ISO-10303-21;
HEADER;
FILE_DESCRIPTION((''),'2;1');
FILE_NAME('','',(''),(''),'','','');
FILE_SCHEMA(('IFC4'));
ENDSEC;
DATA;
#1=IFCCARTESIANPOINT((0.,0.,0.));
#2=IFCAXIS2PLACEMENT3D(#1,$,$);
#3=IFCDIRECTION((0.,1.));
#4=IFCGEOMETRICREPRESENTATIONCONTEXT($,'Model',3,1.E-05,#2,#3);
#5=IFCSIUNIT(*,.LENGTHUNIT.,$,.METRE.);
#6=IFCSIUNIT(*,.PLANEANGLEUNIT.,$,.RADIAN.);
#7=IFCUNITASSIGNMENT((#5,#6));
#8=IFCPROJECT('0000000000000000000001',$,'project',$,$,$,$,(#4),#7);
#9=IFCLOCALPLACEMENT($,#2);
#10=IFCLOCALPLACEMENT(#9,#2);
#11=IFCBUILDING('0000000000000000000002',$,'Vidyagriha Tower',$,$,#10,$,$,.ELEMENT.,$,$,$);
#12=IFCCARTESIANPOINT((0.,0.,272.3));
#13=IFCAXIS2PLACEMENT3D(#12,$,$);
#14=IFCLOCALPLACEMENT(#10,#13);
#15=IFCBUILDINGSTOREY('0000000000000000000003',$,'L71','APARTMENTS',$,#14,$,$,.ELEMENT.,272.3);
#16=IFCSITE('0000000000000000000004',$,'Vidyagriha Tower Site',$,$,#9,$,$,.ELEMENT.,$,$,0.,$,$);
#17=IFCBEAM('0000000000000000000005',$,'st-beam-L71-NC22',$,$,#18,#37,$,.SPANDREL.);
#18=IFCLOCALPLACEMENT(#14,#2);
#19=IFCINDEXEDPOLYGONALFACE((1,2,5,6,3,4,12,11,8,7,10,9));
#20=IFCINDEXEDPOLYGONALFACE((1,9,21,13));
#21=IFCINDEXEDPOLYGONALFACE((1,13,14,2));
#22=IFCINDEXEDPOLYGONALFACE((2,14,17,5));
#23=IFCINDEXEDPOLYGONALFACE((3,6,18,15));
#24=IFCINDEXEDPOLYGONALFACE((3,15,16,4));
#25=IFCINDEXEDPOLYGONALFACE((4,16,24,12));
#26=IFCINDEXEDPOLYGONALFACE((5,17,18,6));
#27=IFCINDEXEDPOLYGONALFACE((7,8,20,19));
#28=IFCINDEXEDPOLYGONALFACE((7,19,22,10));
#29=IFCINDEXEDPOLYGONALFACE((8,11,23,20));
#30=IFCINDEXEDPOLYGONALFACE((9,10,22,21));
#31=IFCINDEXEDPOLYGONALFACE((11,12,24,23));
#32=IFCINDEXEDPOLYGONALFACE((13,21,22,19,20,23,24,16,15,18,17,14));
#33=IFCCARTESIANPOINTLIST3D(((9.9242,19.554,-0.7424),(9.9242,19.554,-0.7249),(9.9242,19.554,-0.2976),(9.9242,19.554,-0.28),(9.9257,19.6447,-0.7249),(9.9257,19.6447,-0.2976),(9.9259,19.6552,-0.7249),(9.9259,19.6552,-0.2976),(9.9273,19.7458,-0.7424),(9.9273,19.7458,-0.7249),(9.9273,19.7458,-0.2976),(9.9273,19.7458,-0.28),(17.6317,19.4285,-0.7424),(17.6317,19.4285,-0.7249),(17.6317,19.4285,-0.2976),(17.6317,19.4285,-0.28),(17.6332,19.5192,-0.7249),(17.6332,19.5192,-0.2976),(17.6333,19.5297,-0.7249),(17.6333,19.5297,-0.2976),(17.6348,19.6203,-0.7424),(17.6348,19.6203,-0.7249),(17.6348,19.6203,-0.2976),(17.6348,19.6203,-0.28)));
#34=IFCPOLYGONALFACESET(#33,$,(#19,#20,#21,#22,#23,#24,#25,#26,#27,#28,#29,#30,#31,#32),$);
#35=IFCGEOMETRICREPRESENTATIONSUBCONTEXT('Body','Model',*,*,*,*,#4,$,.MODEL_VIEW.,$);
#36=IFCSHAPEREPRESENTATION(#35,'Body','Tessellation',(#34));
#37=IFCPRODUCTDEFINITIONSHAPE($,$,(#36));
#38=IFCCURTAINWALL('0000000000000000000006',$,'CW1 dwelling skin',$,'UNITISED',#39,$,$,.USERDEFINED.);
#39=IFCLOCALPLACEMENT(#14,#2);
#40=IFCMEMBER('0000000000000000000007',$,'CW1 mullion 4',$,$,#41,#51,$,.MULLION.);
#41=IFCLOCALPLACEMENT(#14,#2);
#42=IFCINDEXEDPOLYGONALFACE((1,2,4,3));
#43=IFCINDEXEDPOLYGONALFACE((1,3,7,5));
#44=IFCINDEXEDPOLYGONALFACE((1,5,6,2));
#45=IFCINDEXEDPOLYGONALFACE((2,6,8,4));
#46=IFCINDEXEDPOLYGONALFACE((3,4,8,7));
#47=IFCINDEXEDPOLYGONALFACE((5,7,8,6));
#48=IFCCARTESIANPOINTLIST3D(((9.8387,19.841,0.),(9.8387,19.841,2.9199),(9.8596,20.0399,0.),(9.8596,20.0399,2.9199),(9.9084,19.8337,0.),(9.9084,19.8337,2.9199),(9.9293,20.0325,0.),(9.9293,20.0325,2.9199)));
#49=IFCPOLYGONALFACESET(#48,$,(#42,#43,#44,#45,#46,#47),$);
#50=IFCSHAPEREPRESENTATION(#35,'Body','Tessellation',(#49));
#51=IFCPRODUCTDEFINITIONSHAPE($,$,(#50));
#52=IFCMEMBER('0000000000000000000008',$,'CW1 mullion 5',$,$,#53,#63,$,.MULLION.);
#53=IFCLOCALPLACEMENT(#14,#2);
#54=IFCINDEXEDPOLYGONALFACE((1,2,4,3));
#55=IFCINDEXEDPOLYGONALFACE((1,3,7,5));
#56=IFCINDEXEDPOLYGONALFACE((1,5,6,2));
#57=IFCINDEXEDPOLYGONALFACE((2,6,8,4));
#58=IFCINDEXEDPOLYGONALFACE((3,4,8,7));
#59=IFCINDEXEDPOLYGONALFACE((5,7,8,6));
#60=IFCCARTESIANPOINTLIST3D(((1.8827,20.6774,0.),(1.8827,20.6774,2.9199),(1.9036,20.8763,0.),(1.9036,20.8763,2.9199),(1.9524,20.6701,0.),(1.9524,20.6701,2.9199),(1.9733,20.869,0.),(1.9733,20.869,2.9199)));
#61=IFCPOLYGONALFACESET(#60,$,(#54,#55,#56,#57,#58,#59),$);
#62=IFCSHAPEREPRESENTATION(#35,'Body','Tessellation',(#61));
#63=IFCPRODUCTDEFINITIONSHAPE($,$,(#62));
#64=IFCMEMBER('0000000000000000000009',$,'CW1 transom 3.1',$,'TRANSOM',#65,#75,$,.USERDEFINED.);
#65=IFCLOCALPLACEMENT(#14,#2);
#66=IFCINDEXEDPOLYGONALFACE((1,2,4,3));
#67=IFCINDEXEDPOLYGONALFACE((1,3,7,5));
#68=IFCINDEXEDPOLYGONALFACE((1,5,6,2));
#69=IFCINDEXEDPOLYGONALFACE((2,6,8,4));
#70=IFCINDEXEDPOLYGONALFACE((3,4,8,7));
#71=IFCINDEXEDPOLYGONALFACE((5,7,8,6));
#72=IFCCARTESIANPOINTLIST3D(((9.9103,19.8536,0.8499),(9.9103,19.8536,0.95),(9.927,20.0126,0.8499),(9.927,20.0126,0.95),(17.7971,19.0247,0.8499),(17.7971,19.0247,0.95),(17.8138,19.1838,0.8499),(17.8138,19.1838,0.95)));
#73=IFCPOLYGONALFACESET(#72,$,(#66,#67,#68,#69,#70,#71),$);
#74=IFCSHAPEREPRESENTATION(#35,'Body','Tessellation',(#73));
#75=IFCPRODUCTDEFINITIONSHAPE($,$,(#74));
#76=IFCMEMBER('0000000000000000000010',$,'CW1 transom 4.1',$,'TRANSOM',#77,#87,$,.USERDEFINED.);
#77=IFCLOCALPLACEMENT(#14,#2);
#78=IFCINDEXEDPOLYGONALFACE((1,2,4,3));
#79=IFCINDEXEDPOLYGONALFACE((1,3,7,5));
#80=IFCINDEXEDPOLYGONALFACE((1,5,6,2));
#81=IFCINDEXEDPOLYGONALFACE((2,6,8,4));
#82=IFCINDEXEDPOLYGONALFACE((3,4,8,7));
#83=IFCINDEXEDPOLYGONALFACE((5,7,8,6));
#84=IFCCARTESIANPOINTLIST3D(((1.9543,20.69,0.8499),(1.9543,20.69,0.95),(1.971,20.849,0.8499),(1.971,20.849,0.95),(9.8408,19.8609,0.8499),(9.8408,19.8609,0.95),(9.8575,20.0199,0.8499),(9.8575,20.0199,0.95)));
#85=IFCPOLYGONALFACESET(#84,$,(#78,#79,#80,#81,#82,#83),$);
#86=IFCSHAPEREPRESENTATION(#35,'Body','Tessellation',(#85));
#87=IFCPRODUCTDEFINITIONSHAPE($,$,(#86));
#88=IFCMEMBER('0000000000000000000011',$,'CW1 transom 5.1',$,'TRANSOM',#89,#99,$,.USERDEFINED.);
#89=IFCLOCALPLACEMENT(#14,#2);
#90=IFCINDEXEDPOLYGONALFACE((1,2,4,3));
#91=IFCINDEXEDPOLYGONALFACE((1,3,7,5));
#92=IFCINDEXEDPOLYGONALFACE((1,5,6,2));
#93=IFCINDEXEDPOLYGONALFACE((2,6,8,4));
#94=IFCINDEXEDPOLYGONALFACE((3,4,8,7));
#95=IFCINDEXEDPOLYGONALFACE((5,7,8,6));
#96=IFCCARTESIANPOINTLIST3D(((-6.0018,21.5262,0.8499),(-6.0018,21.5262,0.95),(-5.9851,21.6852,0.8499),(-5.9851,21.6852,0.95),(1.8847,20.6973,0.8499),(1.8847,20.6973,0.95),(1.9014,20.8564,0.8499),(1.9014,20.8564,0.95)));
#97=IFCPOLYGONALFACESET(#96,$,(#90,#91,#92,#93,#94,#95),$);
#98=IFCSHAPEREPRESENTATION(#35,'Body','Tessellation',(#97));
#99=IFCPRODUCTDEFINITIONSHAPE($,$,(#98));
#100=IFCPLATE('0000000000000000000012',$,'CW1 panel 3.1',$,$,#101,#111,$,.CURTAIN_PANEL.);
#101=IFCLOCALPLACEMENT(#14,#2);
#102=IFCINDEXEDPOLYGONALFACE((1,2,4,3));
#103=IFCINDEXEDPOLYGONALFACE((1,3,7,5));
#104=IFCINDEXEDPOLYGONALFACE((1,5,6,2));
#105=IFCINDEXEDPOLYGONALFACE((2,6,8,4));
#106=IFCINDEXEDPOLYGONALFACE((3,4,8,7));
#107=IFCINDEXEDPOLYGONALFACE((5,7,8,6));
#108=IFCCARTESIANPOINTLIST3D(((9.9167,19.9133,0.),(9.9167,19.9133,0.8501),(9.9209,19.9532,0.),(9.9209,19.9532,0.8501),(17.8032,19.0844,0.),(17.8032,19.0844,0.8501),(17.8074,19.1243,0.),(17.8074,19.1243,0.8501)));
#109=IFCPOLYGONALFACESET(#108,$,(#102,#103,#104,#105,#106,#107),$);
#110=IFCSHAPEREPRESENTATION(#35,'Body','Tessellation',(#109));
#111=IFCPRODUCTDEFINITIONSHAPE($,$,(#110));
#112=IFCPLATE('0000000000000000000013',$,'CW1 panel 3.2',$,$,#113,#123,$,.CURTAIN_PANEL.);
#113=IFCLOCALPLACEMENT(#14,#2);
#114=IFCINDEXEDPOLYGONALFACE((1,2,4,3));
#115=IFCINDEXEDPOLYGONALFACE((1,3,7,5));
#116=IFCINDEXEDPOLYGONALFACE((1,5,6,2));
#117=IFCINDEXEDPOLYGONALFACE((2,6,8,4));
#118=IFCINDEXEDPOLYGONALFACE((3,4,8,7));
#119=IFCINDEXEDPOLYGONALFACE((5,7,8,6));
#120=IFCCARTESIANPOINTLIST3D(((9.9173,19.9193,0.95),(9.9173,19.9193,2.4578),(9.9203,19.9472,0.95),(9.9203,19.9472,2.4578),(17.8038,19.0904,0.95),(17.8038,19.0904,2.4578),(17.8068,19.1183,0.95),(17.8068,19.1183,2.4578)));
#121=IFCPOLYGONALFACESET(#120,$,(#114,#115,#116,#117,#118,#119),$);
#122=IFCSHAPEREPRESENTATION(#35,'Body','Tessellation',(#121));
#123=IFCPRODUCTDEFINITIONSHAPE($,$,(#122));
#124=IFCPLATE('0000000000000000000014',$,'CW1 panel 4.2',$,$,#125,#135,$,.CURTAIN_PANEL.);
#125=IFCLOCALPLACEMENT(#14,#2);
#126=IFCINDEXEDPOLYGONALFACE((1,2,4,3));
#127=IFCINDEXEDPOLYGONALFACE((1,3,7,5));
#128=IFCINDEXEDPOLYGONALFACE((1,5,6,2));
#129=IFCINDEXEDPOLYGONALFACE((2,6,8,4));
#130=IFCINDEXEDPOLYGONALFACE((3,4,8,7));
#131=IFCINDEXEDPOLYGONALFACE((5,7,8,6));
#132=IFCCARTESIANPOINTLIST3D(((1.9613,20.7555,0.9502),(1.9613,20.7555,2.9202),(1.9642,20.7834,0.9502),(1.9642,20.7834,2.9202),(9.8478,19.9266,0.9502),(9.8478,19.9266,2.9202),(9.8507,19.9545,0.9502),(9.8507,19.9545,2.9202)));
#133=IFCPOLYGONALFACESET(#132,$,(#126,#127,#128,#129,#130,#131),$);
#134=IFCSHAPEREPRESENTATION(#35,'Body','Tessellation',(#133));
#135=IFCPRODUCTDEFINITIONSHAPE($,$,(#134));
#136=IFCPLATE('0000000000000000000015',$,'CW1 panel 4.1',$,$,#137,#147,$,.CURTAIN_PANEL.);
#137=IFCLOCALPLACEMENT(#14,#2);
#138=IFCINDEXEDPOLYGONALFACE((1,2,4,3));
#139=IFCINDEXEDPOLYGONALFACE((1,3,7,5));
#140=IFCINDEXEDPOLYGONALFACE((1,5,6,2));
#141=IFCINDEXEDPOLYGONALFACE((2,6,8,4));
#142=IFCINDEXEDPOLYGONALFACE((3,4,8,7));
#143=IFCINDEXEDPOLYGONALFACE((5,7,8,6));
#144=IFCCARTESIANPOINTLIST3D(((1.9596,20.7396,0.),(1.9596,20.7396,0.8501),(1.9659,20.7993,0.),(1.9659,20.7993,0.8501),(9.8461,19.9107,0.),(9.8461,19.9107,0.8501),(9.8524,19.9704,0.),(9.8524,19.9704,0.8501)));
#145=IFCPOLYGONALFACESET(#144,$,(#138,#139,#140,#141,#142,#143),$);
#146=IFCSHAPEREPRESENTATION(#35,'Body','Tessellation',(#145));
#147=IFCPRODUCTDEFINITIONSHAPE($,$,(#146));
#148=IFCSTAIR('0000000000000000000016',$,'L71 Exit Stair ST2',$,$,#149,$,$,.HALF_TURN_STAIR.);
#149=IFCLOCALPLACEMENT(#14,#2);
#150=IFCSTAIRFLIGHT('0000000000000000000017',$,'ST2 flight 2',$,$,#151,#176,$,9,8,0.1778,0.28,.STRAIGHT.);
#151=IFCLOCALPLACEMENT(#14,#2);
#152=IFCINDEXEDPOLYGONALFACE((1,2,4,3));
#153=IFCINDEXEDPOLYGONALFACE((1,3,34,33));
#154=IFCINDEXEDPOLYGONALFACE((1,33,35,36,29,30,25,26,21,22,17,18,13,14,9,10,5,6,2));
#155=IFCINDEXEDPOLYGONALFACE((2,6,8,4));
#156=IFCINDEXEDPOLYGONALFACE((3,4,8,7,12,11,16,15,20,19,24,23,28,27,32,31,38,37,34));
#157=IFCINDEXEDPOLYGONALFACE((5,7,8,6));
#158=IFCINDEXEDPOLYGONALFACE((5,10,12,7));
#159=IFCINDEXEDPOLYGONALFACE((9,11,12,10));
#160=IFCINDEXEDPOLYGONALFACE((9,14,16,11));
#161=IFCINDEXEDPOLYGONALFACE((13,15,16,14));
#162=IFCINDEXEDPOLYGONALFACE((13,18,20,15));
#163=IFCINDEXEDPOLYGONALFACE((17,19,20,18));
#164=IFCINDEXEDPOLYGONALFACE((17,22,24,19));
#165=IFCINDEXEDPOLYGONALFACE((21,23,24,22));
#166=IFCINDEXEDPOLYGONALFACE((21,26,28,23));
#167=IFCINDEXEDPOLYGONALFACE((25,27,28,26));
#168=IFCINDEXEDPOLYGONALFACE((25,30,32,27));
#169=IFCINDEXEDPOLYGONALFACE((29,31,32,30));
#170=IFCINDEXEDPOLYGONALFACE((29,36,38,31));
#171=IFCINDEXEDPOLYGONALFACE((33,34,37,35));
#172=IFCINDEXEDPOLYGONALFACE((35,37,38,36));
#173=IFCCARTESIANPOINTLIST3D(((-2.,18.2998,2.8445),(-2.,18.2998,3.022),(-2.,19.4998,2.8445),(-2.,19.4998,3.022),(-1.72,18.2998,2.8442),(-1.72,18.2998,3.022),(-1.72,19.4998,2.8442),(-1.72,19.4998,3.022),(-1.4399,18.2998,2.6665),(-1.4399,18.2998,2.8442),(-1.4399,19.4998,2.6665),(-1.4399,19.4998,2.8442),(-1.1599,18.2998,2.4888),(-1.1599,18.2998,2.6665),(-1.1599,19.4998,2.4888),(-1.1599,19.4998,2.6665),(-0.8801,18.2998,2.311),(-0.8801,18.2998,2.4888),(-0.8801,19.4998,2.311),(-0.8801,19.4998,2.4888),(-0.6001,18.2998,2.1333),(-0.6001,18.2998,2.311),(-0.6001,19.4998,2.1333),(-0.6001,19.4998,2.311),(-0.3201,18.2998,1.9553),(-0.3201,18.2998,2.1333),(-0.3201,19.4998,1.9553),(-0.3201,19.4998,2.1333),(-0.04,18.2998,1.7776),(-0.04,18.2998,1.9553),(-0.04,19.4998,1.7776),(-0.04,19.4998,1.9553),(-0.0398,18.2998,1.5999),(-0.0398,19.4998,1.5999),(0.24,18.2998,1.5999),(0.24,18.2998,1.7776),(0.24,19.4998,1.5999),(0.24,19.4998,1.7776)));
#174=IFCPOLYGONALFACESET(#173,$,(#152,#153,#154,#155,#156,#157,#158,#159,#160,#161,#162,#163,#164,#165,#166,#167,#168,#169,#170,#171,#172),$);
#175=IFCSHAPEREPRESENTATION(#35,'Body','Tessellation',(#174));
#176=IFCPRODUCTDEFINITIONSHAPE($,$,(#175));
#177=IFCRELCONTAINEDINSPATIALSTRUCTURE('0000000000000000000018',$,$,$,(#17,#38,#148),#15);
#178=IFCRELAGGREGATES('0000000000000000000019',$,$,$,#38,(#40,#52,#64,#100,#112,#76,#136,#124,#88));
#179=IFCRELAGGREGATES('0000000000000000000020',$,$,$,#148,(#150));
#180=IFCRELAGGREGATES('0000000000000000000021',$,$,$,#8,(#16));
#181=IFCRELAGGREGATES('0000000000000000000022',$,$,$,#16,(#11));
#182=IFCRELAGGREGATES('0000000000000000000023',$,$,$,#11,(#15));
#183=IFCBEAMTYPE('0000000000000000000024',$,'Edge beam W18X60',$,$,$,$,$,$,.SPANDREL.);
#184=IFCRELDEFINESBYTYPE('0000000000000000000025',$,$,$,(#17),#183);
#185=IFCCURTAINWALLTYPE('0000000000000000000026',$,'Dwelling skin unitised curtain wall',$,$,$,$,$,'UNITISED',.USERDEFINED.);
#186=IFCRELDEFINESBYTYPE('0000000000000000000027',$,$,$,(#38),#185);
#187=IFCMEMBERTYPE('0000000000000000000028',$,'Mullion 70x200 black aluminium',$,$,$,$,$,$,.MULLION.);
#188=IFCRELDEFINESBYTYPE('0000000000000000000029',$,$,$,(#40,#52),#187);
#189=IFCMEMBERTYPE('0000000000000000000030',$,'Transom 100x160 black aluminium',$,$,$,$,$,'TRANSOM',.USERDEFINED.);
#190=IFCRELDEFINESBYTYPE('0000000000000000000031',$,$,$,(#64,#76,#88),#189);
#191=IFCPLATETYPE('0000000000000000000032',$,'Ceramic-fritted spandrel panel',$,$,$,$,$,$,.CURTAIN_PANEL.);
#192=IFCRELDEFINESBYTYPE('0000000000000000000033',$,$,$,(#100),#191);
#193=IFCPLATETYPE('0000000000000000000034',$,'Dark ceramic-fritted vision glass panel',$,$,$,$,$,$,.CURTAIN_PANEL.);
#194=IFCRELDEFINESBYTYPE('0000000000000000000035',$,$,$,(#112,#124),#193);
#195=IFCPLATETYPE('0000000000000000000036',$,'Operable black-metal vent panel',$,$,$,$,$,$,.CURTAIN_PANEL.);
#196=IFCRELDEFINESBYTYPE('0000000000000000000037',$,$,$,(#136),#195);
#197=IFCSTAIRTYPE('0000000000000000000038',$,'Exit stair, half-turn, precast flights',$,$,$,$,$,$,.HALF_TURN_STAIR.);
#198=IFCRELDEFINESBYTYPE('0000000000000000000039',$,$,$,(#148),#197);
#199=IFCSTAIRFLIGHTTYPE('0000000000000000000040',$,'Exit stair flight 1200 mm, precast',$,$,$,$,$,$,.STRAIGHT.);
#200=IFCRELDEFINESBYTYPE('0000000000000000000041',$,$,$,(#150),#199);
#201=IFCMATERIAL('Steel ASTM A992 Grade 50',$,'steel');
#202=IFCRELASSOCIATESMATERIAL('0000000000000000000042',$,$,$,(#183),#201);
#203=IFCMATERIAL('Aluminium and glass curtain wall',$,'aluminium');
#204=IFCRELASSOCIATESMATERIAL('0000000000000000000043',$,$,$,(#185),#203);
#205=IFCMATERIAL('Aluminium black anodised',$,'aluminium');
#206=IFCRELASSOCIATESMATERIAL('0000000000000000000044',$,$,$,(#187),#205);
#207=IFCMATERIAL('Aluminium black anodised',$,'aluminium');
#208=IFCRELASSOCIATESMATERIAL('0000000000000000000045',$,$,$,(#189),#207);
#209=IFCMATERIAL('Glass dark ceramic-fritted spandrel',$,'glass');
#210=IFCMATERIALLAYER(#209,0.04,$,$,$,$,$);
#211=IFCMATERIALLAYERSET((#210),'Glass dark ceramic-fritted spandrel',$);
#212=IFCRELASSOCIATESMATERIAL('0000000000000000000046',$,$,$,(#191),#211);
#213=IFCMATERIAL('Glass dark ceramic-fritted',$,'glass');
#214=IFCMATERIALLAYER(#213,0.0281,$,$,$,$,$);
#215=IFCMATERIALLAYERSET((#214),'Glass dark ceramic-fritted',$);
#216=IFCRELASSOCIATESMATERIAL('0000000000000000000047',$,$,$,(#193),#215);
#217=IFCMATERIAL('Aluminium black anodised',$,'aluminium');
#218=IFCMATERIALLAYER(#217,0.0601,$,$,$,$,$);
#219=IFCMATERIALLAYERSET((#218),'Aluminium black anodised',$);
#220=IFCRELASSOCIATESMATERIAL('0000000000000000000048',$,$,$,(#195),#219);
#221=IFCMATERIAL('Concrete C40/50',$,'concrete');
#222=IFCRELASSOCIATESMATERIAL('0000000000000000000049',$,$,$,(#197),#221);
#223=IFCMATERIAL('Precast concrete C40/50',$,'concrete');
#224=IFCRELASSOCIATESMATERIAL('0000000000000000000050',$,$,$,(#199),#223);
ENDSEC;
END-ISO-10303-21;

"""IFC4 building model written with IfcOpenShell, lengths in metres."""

from ifc_helpers import new_model, si_unit, direction, frame, origin, origin_2d, place, context, subcontext, project, spatial, polyline, rectangle, i_section, outline, extrude, material, layer, layer_set, material_profile, profile_set, type_object, element, aggregate, save


model = new_model("IFC4")

# Units and contexts
model_context = context("Model", 3, precision=1e-05, world=origin(), true_north=direction((0.0, 1.0)))
body_context = subcontext(model_context, "Body", "Model", "MODEL_VIEW")
ifc_project = project(units=[si_unit("LENGTHUNIT", "METRE"), si_unit("PLANEANGLEUNIT", "RADIAN")], contexts=[model_context])

# Site, building, storey
site_placement = place(None, origin())
site = spatial("IfcSite", under=ifc_project, at=site_placement, Name="Vidyagriha Tower Site", CompositionType="ELEMENT", RefElevation=0.0)
building_placement = place(site_placement, origin())
building = spatial("IfcBuilding", under=site, at=building_placement, Name="Vidyagriha Tower", CompositionType="ELEMENT")
storey_placement = place(building_placement, frame((0.0, 0.0, 272.3)))
storey = spatial("IfcBuildingStorey", under=building, at=storey_placement, Name="L71", Description="APARTMENTS", CompositionType="ELEMENT", Elevation=272.3)

# Beam
ifc_material_1 = material(Name="Steel ASTM A992 Grade 50", Category="steel")
ifc_material_profile_1 = material_profile(ifc_material_1, i_section(OverallWidth=0.1919, OverallDepth=0.4624, WebThickness=0.0105, FlangeThickness=0.0176, at=origin_2d()), Name="W18X60")
ifc_profile_set_1 = profile_set([ifc_material_profile_1], Name="Steel ASTM A992 Grade 50")
beam_type = type_object("IfcBeamType", Name="Edge beam W18X60", PredefinedType="SPANDREL", material=ifc_profile_set_1)
beam_placement = place(storey_placement, frame((9.9258, 19.6499, -0.5112), z_axis=(0.999867, -0.016279, 0.0), x_axis=(0.016279, 0.999867, 0.0)))
element("IfcBeam", 1, at=beam_placement, inside=storey, type_object=beam_type, Name="st-beam-L71-NC22", PredefinedType="SPANDREL", context=body_context, shape_type="SweptSolid", body=[
    extrude(i_section(OverallWidth=0.1919, OverallDepth=0.4624, WebThickness=0.0105, FlangeThickness=0.0176, at=origin_2d()), origin(), (0.0, 0.0, 1.0), 7.7085),
])

# Curtain wall, members, plates
ifc_material_2 = material(Name="Aluminium and glass curtain wall", Category="aluminium")
curtain_wall_type = type_object("IfcCurtainWallType", Name="Dwelling skin unitised curtain wall", ElementType="UNITISED", PredefinedType="USERDEFINED", material=ifc_material_2)
curtain_wall_placement = place(storey_placement, origin())
curtain_wall = element("IfcCurtainWall", 2, at=curtain_wall_placement, inside=storey, type_object=curtain_wall_type, Name="CW1 dwelling skin", ObjectType="UNITISED", PredefinedType="USERDEFINED")
ifc_material_3 = material(Name="Aluminium black anodised", Category="aluminium")
ifc_material_profile_2 = material_profile(ifc_material_3, rectangle(XDim=0.2, YDim=0.0701, at=origin_2d()), Name="Mullion 70x200 black aluminium")
ifc_profile_set_2 = profile_set([ifc_material_profile_2], Name="Aluminium black anodised")
member_type_1 = type_object("IfcMemberType", Name="Mullion 70x200 black aluminium", PredefinedType="MULLION", material=ifc_profile_set_2)
member_1_placement = place(storey_placement, frame((9.884, 19.9368, 0.0), z_axis=(0.0, 0.0, 1.0), x_axis=(-0.104529, -0.994522, 0.0)))
member_1 = element("IfcMember", 3, at=member_1_placement, type_object=member_type_1, Name="CW1 mullion 4", PredefinedType="MULLION", context=body_context, shape_type="SweptSolid", body=[
    extrude(rectangle(XDim=0.2, YDim=0.0701, at=origin_2d()), origin(), (0.0, 0.0, 1.0), 2.9199),
])
member_2_placement = place(storey_placement, frame((1.928, 20.7732, 0.0), z_axis=(0.0, 0.0, 1.0), x_axis=(-0.104529, -0.994522, 0.0)))
member_2 = element("IfcMember", 4, at=member_2_placement, type_object=member_type_1, Name="CW1 mullion 5", PredefinedType="MULLION", context=body_context, shape_type="SweptSolid", body=[
    extrude(rectangle(XDim=0.2, YDim=0.0701, at=origin_2d()), origin(), (0.0, 0.0, 1.0), 2.9199),
])
ifc_material_4 = material(Name="Aluminium black anodised", Category="aluminium")
ifc_material_profile_3 = material_profile(ifc_material_4, rectangle(XDim=0.1599, YDim=0.1001, at=origin_2d()), Name="Transom 100x160 black aluminium")
ifc_profile_set_3 = profile_set([ifc_material_profile_3], Name="Aluminium black anodised")
member_type_2 = type_object("IfcMemberType", Name="Transom 100x160 black aluminium", ElementType="TRANSOM", PredefinedType="USERDEFINED", material=ifc_profile_set_3)
member_3_placement = place(storey_placement, frame((17.8054, 19.1042, 0.8999), z_axis=(-0.994523, 0.10452, 0.0), x_axis=(-0.10452, -0.994523, 0.0)))
member_3 = element("IfcMember", 5, at=member_3_placement, type_object=member_type_2, Name="CW1 transom 3.1", ObjectType="TRANSOM", PredefinedType="USERDEFINED", context=body_context, shape_type="SweptSolid", body=[
    extrude(rectangle(XDim=0.1599, YDim=0.1001, at=origin_2d()), origin(), (0.0, 0.0, 1.0), 7.9302),
])
member_4_placement = place(storey_placement, frame((9.8491, 19.9404, 0.8999), z_axis=(-0.994519, 0.104553, 0.0), x_axis=(-0.104553, -0.994519, 0.0)))
member_4 = element("IfcMember", 6, at=member_4_placement, type_object=member_type_2, Name="CW1 transom 4.1", ObjectType="TRANSOM", PredefinedType="USERDEFINED", context=body_context, shape_type="SweptSolid", body=[
    extrude(rectangle(XDim=0.1599, YDim=0.1001, at=origin_2d()), origin(), (0.0, 0.0, 1.0), 7.9299),
])
member_5_placement = place(storey_placement, frame((1.8931, 20.7769, 0.8999), z_axis=(-0.994522, 0.104523, 0.0), x_axis=(-0.104523, -0.994522, 0.0)))
member_5 = element("IfcMember", 7, at=member_5_placement, type_object=member_type_2, Name="CW1 transom 5.1", ObjectType="TRANSOM", PredefinedType="USERDEFINED", context=body_context, shape_type="SweptSolid", body=[
    extrude(rectangle(XDim=0.1599, YDim=0.1001, at=origin_2d()), origin(), (0.0, 0.0, 1.0), 7.9299),
])
ifc_material_5 = material(Name="Glass dark ceramic-fritted spandrel", Category="glass")
ifc_layer_1 = layer(ifc_material_5, 0.04)
ifc_layer_set_1 = layer_set([ifc_layer_1], Name="Glass dark ceramic-fritted spandrel")
plate_type_1 = type_object("IfcPlateType", Name="Ceramic-fritted spandrel panel", PredefinedType="CURTAIN_PANEL", material=ifc_layer_set_1)
plate_1_placement = place(storey_placement, frame((13.8621, 19.5188, 0.0), z_axis=(0.0, 0.0, 1.0), x_axis=(-0.994522, 0.104529, 0.0)))
plate_1 = element("IfcPlate", 8, at=plate_1_placement, type_object=plate_type_1, Name="CW1 panel 3.1", PredefinedType="CURTAIN_PANEL", context=body_context, shape_type="SweptSolid", body=[
    extrude(rectangle(XDim=7.9299, YDim=0.04, at=origin_2d()), origin(), (0.0, 0.0, 1.0), 0.8501),
])
ifc_material_6 = material(Name="Glass dark ceramic-fritted", Category="glass")
ifc_layer_2 = layer(ifc_material_6, 0.0281)
ifc_layer_set_2 = layer_set([ifc_layer_2], Name="Glass dark ceramic-fritted")
plate_type_2 = type_object("IfcPlateType", Name="Dark ceramic-fritted vision glass panel", PredefinedType="CURTAIN_PANEL", material=ifc_layer_set_2)
plate_2_placement = place(storey_placement, frame((13.8621, 19.5188, 0.95), z_axis=(0.0, 0.0, 1.0), x_axis=(-0.994522, 0.104529, 0.0)))
plate_2 = element("IfcPlate", 9, at=plate_2_placement, type_object=plate_type_2, Name="CW1 panel 3.2", PredefinedType="CURTAIN_PANEL", context=body_context, shape_type="SweptSolid", body=[
    extrude(rectangle(XDim=7.9299, YDim=0.0281, at=origin_2d()), origin(), (0.0, 0.0, 1.0), 1.5078),
])
plate_3_placement = place(storey_placement, frame((5.906, 20.355, 0.9502), z_axis=(0.0, 0.0, 1.0), x_axis=(-0.994522, 0.104529, 0.0)))
plate_3 = element("IfcPlate", 10, at=plate_3_placement, type_object=plate_type_2, Name="CW1 panel 4.2", PredefinedType="CURTAIN_PANEL", context=body_context, shape_type="SweptSolid", body=[
    extrude(rectangle(XDim=7.9299, YDim=0.0281, at=origin_2d()), origin(), (0.0, 0.0, 1.0), 1.97),
])
ifc_material_7 = material(Name="Aluminium black anodised", Category="aluminium")
ifc_layer_3 = layer(ifc_material_7, 0.0601)
ifc_layer_set_3 = layer_set([ifc_layer_3], Name="Aluminium black anodised")
plate_type_3 = type_object("IfcPlateType", Name="Operable black-metal vent panel", PredefinedType="CURTAIN_PANEL", material=ifc_layer_set_3)
plate_4_placement = place(storey_placement, frame((5.906, 20.355, 0.0), z_axis=(0.0, 0.0, 1.0), x_axis=(-0.994522, 0.104529, 0.0)))
plate_4 = element("IfcPlate", 11, at=plate_4_placement, type_object=plate_type_3, Name="CW1 panel 4.1", PredefinedType="CURTAIN_PANEL", context=body_context, shape_type="SweptSolid", body=[
    extrude(rectangle(XDim=7.9299, YDim=0.0601, at=origin_2d()), origin(), (0.0, 0.0, 1.0), 0.8501),
])
aggregate(curtain_wall, [member_1, member_2, member_3, plate_1, plate_2, member_4, plate_4, plate_3, member_5])

# Stair, stair flight
ifc_material_8 = material(Name="Concrete C40/50", Category="concrete")
stair_type = type_object("IfcStairType", Name="Exit stair, half-turn, precast flights", PredefinedType="HALF_TURN_STAIR", material=ifc_material_8)
stair_1_placement = place(storey_placement, origin())
stair_1 = element("IfcStair", 12, at=stair_1_placement, inside=storey, type_object=stair_type, Name="L71 Exit Stair ST2", PredefinedType="HALF_TURN_STAIR")
ifc_material_9 = material(Name="Precast concrete C40/50", Category="concrete")
stair_flight_type = type_object("IfcStairFlightType", Name="Exit stair flight 1200 mm, precast", PredefinedType="STRAIGHT", material=ifc_material_9)
stair_flight_1_placement = place(storey_placement, frame((0.24, 18.8999, 1.5999), z_axis=(0.0, 0.0, 1.0), x_axis=(-1.0, 0.0, 0.0)))
stair_flight_1 = element("IfcStairFlight", 13, at=stair_flight_1_placement, type_object=stair_flight_type, Name="ST2 flight 2", NumberOfRisers=9, NumberOfTreads=8, PredefinedType="STRAIGHT", RiserHeight=0.1778, TreadLength=0.28, context=body_context, shape_type="SweptSolid", body=[
    extrude(outline(polyline([(0.0, 0.0), (0.0, 0.1777), (0.28, 0.1777), (0.28, 0.3555), (0.5601, 0.3555), (0.5601, 0.5334), (0.8401, 0.5334), (0.8401, 0.7112), (1.1201, 0.7112), (1.1201, 0.8889), (1.3999, 0.8889), (1.3999, 1.0667), (1.6799, 1.0667), (1.6799, 1.2444), (1.96, 1.2444), (1.96, 1.4221), (2.24, 1.4221), (2.24, 1.6001), (2.24, 1.2446), (0.2798, 0.0), (0.0, 0.0)])), frame((0.0, 0.6001, 0.0), z_axis=(0.0, -1.0, 0.0), x_axis=(1.0, 0.0, 0.0)), (0.0, 0.0, 1.0), 1.2),
])
aggregate(stair_1, [stair_flight_1])

save(model, "model.ifc")
